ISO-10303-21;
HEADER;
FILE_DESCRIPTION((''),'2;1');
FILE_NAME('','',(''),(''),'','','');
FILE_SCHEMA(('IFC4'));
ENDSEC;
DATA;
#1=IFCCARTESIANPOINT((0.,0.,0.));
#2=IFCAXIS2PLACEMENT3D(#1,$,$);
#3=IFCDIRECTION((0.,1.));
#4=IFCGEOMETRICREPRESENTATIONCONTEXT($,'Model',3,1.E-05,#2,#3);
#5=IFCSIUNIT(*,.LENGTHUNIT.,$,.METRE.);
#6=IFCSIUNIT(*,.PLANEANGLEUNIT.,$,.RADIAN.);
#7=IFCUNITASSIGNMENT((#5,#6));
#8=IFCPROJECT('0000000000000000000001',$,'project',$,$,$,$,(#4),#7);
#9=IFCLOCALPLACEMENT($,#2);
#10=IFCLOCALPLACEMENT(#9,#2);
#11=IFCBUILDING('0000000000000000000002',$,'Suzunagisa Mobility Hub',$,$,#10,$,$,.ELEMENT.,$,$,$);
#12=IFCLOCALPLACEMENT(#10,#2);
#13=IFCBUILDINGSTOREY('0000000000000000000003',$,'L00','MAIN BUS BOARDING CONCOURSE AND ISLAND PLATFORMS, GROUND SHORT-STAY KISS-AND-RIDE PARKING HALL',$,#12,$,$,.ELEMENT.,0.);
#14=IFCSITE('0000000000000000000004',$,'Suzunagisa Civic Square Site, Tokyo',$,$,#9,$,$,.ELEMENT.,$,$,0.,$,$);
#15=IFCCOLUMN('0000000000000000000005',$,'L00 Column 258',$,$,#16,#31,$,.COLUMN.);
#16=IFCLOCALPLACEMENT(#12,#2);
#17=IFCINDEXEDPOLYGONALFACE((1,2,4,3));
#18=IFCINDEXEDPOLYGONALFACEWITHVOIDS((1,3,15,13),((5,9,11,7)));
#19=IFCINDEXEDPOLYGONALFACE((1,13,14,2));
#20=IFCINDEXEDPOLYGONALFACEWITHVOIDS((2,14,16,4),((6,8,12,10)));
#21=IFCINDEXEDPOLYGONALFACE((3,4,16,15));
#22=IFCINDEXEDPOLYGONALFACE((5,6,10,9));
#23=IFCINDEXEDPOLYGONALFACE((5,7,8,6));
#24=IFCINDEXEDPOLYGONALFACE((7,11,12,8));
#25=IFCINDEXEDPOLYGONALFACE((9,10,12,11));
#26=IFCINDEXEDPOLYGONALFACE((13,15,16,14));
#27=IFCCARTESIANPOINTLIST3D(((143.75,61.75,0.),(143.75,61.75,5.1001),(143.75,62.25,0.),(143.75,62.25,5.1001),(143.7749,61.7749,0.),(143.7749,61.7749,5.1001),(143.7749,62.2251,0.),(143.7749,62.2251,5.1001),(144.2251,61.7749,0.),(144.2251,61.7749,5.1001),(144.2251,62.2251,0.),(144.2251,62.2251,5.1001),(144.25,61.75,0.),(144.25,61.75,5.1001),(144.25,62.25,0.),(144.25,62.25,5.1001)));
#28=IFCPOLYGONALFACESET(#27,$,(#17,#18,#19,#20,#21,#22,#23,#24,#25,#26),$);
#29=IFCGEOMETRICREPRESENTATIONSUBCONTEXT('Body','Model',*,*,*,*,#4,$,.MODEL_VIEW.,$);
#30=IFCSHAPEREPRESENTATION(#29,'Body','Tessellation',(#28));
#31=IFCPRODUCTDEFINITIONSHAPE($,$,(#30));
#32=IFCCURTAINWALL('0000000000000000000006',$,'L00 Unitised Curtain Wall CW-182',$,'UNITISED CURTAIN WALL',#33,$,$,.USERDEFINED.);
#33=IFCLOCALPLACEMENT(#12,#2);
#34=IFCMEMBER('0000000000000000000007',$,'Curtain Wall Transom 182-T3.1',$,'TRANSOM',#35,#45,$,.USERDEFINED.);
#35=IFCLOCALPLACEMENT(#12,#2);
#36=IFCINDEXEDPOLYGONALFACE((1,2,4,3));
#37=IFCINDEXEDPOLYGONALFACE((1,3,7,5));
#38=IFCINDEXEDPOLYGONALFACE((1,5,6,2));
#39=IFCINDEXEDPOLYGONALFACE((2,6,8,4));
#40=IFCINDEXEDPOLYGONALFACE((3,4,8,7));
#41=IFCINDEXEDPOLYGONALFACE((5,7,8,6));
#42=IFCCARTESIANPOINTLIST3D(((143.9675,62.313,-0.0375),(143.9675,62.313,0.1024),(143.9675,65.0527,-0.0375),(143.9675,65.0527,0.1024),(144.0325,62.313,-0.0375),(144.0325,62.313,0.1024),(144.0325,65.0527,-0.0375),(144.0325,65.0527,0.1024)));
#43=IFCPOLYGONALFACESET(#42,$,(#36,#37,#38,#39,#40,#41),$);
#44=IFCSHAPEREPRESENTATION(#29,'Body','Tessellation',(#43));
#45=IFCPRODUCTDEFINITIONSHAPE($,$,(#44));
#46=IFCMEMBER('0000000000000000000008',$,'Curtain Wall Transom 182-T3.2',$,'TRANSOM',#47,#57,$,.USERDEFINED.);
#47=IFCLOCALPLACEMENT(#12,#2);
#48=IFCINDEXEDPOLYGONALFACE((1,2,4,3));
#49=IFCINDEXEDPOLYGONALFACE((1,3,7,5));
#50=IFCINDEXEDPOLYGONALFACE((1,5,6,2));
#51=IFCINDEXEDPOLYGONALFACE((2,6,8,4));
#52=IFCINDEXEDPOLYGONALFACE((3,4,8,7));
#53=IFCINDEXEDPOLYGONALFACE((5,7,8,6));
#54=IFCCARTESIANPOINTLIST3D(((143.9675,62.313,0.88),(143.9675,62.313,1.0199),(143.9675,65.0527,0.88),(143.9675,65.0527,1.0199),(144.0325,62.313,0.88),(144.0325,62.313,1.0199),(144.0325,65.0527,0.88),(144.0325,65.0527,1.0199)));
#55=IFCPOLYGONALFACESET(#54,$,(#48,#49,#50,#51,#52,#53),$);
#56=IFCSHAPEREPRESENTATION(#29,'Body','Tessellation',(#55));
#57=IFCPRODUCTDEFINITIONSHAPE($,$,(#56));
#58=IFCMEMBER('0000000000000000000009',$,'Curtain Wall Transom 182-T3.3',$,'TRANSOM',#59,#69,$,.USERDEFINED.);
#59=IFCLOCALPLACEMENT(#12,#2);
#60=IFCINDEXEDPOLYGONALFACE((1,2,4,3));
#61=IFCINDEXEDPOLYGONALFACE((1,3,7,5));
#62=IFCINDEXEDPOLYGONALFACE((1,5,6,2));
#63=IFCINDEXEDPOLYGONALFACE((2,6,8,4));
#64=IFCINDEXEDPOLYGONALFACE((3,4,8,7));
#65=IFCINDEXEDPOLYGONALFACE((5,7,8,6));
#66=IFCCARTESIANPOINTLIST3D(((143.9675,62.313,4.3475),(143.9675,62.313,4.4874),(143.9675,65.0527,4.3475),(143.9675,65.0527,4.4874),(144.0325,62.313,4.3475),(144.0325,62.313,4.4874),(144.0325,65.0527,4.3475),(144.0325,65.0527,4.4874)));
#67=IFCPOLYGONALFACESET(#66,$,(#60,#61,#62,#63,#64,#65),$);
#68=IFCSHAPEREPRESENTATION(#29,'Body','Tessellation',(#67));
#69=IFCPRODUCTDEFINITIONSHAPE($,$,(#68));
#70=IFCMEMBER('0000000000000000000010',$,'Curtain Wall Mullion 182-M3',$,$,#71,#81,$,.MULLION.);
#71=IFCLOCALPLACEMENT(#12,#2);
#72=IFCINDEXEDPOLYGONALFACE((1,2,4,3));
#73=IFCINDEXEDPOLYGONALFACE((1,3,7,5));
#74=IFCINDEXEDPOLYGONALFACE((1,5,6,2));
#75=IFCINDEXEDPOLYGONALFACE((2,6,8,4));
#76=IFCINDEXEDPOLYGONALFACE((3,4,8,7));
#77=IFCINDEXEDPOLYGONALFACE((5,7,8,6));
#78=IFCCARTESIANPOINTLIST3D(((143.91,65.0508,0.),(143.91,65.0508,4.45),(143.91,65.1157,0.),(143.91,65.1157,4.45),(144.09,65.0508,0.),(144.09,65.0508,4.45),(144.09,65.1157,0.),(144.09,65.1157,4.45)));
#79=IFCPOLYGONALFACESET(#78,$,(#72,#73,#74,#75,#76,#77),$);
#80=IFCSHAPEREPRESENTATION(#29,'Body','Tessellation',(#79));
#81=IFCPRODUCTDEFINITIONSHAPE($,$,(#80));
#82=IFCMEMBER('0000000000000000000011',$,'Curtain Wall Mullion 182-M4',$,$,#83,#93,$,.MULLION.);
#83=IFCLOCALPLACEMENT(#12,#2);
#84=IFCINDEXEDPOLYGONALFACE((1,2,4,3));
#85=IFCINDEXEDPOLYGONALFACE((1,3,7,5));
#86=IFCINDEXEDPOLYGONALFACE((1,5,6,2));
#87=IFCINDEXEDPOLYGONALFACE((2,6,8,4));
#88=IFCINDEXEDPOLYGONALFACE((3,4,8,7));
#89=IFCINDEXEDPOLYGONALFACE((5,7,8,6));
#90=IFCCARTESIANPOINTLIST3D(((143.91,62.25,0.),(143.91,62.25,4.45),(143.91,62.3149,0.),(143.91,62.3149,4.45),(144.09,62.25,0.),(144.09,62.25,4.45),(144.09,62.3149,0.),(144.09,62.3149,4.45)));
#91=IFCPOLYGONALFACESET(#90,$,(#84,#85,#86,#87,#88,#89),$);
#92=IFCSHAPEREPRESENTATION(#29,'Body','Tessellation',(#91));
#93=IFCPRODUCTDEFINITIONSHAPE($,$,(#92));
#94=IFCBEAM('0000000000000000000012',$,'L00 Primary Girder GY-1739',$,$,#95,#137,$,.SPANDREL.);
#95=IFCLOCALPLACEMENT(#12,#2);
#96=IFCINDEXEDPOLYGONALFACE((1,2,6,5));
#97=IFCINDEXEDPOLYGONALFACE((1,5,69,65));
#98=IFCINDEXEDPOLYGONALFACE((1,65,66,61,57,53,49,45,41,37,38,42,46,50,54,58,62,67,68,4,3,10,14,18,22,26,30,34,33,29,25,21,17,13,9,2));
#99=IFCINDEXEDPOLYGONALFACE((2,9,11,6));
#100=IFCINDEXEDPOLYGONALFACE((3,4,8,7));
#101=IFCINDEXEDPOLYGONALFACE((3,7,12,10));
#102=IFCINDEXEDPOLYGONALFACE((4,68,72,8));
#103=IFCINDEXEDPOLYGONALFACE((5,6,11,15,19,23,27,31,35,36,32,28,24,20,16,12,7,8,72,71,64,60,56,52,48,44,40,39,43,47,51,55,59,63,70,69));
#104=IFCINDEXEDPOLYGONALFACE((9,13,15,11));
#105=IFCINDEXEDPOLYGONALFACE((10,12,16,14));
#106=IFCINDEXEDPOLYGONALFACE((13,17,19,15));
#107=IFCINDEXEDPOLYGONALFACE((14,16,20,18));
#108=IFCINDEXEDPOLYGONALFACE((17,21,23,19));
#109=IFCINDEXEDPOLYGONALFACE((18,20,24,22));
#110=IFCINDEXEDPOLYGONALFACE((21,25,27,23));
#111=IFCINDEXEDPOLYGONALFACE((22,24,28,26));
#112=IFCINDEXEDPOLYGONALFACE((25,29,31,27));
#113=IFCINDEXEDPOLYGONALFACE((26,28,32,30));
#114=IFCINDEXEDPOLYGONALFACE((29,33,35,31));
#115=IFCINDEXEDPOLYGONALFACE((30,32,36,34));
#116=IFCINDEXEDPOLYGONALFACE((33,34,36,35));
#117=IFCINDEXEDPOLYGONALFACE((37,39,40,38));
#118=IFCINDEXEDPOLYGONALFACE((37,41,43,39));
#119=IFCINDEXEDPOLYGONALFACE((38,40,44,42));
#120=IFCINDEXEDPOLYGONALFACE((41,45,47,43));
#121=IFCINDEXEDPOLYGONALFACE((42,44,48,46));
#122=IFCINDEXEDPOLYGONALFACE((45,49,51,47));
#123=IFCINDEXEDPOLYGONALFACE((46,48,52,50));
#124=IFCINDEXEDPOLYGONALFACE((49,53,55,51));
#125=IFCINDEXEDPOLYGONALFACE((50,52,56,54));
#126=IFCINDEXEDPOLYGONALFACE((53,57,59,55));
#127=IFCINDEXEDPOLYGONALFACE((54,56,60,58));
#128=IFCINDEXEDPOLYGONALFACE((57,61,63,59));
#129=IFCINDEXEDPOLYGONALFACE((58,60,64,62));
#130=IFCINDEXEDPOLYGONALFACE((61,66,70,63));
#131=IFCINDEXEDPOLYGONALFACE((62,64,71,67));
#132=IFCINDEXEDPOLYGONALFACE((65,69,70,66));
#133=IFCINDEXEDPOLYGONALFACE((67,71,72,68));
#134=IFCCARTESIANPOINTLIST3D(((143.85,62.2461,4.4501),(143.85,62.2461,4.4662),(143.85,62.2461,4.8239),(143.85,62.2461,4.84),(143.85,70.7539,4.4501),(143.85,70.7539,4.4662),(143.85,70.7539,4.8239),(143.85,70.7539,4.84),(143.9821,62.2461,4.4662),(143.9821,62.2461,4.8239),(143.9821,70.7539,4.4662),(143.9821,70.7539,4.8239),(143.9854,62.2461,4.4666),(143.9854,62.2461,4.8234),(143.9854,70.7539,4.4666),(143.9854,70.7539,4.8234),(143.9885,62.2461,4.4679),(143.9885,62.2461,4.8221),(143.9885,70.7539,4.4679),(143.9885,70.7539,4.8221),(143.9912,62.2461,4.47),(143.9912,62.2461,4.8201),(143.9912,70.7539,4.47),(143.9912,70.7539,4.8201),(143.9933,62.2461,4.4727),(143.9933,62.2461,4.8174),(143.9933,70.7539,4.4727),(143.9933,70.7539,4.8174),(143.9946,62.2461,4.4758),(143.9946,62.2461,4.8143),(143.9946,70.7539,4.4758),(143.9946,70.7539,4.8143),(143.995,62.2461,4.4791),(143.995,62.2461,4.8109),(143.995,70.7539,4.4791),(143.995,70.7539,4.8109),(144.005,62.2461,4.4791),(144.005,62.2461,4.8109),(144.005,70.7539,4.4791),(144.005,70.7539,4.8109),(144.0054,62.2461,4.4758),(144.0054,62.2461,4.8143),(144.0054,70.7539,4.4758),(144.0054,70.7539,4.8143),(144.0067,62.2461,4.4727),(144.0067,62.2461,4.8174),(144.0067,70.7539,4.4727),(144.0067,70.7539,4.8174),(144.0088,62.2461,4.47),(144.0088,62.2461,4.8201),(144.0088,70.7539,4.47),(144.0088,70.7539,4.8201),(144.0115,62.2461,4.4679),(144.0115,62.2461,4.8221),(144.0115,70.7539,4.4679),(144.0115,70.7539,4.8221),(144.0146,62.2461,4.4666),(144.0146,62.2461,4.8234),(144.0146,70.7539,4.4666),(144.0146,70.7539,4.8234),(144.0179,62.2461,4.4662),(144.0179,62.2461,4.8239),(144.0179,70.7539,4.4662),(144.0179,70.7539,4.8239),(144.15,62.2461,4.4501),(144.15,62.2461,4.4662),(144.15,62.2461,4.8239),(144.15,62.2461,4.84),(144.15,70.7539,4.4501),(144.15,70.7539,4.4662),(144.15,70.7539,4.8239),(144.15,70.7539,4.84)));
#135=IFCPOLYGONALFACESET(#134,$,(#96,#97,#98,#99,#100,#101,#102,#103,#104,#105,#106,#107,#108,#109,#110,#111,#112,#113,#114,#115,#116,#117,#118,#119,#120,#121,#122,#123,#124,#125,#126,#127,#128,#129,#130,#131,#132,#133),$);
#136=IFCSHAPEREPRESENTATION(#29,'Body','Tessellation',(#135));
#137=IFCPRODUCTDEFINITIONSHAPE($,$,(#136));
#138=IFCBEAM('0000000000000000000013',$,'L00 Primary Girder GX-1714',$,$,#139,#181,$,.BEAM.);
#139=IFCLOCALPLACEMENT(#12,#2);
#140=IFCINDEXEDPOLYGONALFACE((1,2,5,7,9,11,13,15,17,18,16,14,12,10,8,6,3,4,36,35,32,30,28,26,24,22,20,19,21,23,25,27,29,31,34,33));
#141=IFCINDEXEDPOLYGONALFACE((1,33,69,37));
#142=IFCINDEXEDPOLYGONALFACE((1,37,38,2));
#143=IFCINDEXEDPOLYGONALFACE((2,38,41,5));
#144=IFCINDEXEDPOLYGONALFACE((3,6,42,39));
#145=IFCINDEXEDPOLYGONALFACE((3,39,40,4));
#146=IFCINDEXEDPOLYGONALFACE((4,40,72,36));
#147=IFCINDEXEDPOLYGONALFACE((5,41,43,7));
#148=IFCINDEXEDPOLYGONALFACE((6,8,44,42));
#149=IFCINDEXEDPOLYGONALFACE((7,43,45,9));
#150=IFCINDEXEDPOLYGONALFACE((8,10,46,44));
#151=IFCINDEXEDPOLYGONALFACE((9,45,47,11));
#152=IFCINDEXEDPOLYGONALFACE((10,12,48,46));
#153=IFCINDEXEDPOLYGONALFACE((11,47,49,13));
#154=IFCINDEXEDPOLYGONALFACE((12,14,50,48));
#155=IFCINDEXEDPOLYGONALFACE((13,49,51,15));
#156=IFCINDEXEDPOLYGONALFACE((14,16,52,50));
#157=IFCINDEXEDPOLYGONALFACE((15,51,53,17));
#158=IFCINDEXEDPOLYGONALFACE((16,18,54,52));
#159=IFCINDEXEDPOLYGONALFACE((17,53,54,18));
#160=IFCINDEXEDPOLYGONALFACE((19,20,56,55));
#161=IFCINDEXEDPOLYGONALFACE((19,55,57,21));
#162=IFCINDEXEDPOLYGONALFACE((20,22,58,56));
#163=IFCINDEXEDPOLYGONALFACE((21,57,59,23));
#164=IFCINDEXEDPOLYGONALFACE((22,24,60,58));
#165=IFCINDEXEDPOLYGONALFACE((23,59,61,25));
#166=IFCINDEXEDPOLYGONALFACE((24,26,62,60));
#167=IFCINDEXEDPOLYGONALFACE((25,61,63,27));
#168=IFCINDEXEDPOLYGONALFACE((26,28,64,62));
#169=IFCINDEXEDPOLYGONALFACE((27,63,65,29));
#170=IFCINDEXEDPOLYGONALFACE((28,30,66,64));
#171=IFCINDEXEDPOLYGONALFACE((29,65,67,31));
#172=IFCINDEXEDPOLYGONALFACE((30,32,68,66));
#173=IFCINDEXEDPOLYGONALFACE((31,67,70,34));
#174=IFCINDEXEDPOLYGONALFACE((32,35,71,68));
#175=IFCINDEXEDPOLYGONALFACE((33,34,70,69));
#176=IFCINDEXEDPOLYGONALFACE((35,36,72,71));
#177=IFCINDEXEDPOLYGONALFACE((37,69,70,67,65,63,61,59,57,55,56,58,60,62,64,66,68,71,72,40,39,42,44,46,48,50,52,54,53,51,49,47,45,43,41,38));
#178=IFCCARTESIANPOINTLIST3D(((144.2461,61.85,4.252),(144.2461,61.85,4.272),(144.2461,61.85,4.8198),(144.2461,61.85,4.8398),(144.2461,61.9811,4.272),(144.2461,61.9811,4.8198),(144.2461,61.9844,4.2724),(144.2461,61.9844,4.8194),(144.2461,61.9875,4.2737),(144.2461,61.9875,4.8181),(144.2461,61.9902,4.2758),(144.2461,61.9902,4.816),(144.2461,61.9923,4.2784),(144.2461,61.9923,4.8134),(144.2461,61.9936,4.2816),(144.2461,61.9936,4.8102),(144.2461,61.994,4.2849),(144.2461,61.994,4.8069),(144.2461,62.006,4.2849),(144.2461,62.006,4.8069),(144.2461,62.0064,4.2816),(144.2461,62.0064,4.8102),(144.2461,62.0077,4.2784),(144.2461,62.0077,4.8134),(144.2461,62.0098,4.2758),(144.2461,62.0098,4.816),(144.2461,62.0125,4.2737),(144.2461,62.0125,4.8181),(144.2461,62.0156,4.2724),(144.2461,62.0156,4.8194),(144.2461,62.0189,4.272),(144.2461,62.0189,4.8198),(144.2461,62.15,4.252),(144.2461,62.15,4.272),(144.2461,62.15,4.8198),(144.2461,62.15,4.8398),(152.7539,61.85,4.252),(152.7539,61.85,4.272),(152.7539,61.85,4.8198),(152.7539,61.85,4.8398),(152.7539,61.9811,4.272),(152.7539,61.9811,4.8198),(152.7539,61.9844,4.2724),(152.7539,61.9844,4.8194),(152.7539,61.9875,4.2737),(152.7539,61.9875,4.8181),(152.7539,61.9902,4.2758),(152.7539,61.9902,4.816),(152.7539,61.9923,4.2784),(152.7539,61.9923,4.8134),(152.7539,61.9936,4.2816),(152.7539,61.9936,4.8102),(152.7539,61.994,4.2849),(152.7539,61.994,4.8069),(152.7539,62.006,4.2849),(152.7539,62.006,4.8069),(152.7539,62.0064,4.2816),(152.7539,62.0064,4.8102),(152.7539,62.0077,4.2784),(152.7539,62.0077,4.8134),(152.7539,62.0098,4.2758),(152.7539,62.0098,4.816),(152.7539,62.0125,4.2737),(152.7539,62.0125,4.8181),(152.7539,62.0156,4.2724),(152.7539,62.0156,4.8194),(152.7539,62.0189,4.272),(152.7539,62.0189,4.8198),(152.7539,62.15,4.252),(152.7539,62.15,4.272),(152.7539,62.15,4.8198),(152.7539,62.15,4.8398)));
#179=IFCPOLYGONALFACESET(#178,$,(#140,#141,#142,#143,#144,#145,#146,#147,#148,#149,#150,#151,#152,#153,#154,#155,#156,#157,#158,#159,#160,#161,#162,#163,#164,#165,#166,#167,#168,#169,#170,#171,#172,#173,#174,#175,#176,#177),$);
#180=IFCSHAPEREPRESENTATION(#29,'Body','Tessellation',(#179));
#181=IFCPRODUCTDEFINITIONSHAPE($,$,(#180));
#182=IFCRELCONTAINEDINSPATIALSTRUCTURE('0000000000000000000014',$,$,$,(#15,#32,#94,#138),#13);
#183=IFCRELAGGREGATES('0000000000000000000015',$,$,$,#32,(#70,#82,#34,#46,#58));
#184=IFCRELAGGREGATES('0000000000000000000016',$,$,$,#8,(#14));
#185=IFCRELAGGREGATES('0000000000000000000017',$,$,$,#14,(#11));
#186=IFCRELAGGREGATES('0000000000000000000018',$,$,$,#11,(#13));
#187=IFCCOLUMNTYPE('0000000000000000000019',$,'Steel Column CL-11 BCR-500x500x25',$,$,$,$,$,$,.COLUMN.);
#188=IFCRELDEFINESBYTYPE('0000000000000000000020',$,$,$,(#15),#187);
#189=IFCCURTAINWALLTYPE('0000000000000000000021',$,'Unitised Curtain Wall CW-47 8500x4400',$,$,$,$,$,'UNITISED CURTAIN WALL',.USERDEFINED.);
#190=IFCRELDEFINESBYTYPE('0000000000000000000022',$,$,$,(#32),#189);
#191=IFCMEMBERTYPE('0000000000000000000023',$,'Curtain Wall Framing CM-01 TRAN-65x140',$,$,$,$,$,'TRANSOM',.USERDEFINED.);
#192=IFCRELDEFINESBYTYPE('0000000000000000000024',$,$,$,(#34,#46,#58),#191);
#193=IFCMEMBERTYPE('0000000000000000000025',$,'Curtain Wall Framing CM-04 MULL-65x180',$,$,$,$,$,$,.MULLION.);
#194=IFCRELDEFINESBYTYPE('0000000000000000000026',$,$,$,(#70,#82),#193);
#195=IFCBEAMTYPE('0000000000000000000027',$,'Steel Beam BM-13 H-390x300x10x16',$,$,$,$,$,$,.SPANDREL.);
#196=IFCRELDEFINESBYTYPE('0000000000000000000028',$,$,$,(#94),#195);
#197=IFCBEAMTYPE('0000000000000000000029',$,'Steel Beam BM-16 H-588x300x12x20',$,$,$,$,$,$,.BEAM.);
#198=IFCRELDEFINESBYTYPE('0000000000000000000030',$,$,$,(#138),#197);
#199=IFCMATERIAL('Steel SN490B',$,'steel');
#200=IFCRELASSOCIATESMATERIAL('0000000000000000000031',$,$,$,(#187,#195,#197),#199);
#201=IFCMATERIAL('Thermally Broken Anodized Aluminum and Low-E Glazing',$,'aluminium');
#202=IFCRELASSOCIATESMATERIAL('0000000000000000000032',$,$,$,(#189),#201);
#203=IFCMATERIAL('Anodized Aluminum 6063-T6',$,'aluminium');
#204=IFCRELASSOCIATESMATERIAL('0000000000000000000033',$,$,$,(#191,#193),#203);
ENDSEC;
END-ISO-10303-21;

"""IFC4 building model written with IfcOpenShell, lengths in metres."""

from ifc_helpers import new_model, si_unit, direction, frame, origin, origin_2d, place, context, subcontext, project, spatial, rectangle, hollow_rectangle, i_section, extrude, material, material_profile, profile_set, type_object, element, aggregate, save


model = new_model("IFC4")

# Units and contexts
model_context = context("Model", 3, precision=1e-05, world=origin(), true_north=direction((0.0, 1.0)))
body_context = subcontext(model_context, "Body", "Model", "MODEL_VIEW")
ifc_project = project(units=[si_unit("LENGTHUNIT", "METRE"), si_unit("PLANEANGLEUNIT", "RADIAN")], contexts=[model_context])

# Site, building, storey
site_placement = place(None, origin())
site = spatial("IfcSite", under=ifc_project, at=site_placement, Name="Suzunagisa Civic Square Site, Tokyo", CompositionType="ELEMENT", RefElevation=0.0)
building_placement = place(site_placement, origin())
building = spatial("IfcBuilding", under=site, at=building_placement, Name="Suzunagisa Mobility Hub", CompositionType="ELEMENT")
storey_placement = place(building_placement, origin())
storey = spatial("IfcBuildingStorey", under=building, at=storey_placement, Name="L00", Description="MAIN BUS BOARDING CONCOURSE AND ISLAND PLATFORMS, GROUND SHORT-STAY KISS-AND-RIDE PARKING HALL", CompositionType="ELEMENT", Elevation=0.0)

# Column
ifc_material_1 = material(Name="Steel SN490B", Category="steel")
ifc_material_profile_1 = material_profile(ifc_material_1, hollow_rectangle(XDim=0.5, YDim=0.5, WallThickness=0.0249, at=origin_2d()), Name="BCR-500x500x25")
ifc_profile_set_1 = profile_set([ifc_material_profile_1], Name="Steel SN490B")
column_type = type_object("IfcColumnType", Name="Steel Column CL-11 BCR-500x500x25", PredefinedType="COLUMN", material=ifc_profile_set_1)
column_placement = place(storey_placement, frame((144.0, 62.0, 0.0), z_axis=(0.0, 0.0, 1.0), x_axis=(1.0, 0.0, 0.0)))
element("IfcColumn", 1, at=column_placement, inside=storey, type_object=column_type, Name="L00 Column 258", PredefinedType="COLUMN", context=body_context, shape_type="SweptSolid", body=[
    extrude(hollow_rectangle(XDim=0.5, YDim=0.5, WallThickness=0.0249, at=origin_2d()), origin(), (0.0, 0.0, 1.0), 5.1001),
])

# Curtain wall, members
ifc_material_2 = material(Name="Thermally Broken Anodized Aluminum and Low-E Glazing", Category="aluminium")
curtain_wall_type = type_object("IfcCurtainWallType", Name="Unitised Curtain Wall CW-47 8500x4400", ElementType="UNITISED CURTAIN WALL", PredefinedType="USERDEFINED", material=ifc_material_2)
curtain_wall_placement = place(storey_placement, origin())
curtain_wall = element("IfcCurtainWall", 2, at=curtain_wall_placement, inside=storey, type_object=curtain_wall_type, Name="L00 Unitised Curtain Wall CW-182", ObjectType="UNITISED CURTAIN WALL", PredefinedType="USERDEFINED")
ifc_material_3 = material(Name="Anodized Aluminum 6063-T6", Category="aluminium")
ifc_material_profile_2 = material_profile(ifc_material_3, rectangle(XDim=0.0649, YDim=0.1399, at=origin_2d()), Name="TRAN-65x140")
ifc_profile_set_2 = profile_set([ifc_material_profile_2], Name="Anodized Aluminum 6063-T6")
member_type_1 = type_object("IfcMemberType", Name="Curtain Wall Framing CM-01 TRAN-65x140", ElementType="TRANSOM", PredefinedType="USERDEFINED", material=ifc_profile_set_2)
member_1_placement = place(storey_placement, frame((144.0, 65.0527, 0.0325), z_axis=(0.0, -1.0, 0.0), x_axis=(1.0, 0.0, 0.0)))
member_1 = element("IfcMember", 3, at=member_1_placement, type_object=member_type_1, Name="Curtain Wall Transom 182-T3.1", ObjectType="TRANSOM", PredefinedType="USERDEFINED", context=body_context, shape_type="SweptSolid", body=[
    extrude(rectangle(XDim=0.0649, YDim=0.1399, at=origin_2d()), origin(), (0.0, 0.0, 1.0), 2.7397),
])
member_2_placement = place(storey_placement, frame((144.0, 65.0527, 0.95), z_axis=(0.0, -1.0, 0.0), x_axis=(1.0, 0.0, 0.0)))
member_2 = element("IfcMember", 4, at=member_2_placement, type_object=member_type_1, Name="Curtain Wall Transom 182-T3.2", ObjectType="TRANSOM", PredefinedType="USERDEFINED", context=body_context, shape_type="SweptSolid", body=[
    extrude(rectangle(XDim=0.0649, YDim=0.1399, at=origin_2d()), origin(), (0.0, 0.0, 1.0), 2.7397),
])
member_3_placement = place(storey_placement, frame((144.0, 65.0527, 4.4175), z_axis=(0.0, -1.0, 0.0), x_axis=(1.0, 0.0, 0.0)))
member_3 = element("IfcMember", 5, at=member_3_placement, type_object=member_type_1, Name="Curtain Wall Transom 182-T3.3", ObjectType="TRANSOM", PredefinedType="USERDEFINED", context=body_context, shape_type="SweptSolid", body=[
    extrude(rectangle(XDim=0.0649, YDim=0.1399, at=origin_2d()), origin(), (0.0, 0.0, 1.0), 2.7397),
])
ifc_material_profile_3 = material_profile(ifc_material_3, rectangle(XDim=0.0649, YDim=0.1799, at=origin_2d()), Name="MULL-65x180")
ifc_profile_set_3 = profile_set([ifc_material_profile_3], Name="Anodized Aluminum 6063-T6")
member_type_2 = type_object("IfcMemberType", Name="Curtain Wall Framing CM-04 MULL-65x180", PredefinedType="MULLION", material=ifc_profile_set_3)
member_4_placement = place(storey_placement, frame((144.0, 65.0833, 0.0), z_axis=(0.0, 0.0, 1.0), x_axis=(0.0, -1.0, 0.0)))
member_4 = element("IfcMember", 6, at=member_4_placement, type_object=member_type_2, Name="Curtain Wall Mullion 182-M3", PredefinedType="MULLION", context=body_context, shape_type="SweptSolid", body=[
    extrude(rectangle(XDim=0.0649, YDim=0.1799, at=origin_2d()), origin(), (0.0, 0.0, 1.0), 4.45),
])
member_5_placement = place(storey_placement, frame((144.0, 62.2825, 0.0), z_axis=(0.0, 0.0, 1.0), x_axis=(0.0, -1.0, 0.0)))
member_5 = element("IfcMember", 7, at=member_5_placement, type_object=member_type_2, Name="Curtain Wall Mullion 182-M4", PredefinedType="MULLION", context=body_context, shape_type="SweptSolid", body=[
    extrude(rectangle(XDim=0.0649, YDim=0.1799, at=origin_2d()), origin(), (0.0, 0.0, 1.0), 4.45),
])

# Beams
ifc_material_profile_4 = material_profile(ifc_material_1, i_section(OverallWidth=0.3, OverallDepth=0.3899, WebThickness=0.01, FlangeThickness=0.0161, FilletRadius=0.0129, at=origin_2d()), Name="H-390x300x10x16")
ifc_profile_set_4 = profile_set([ifc_material_profile_4], Name="Steel SN490B")
beam_type_1 = type_object("IfcBeamType", Name="Steel Beam BM-13 H-390x300x10x16", PredefinedType="SPANDREL", material=ifc_profile_set_4)
beam_1_placement = place(storey_placement, frame((144.0, 62.2461, 4.645), z_axis=(0.0, 1.0, 0.0), x_axis=(-1.0, 0.0, 0.0)))
element("IfcBeam", 8, at=beam_1_placement, inside=storey, type_object=beam_type_1, Name="L00 Primary Girder GY-1739", PredefinedType="SPANDREL", context=body_context, shape_type="SweptSolid", body=[
    extrude(i_section(OverallWidth=0.3, OverallDepth=0.3899, WebThickness=0.01, FlangeThickness=0.0161, FilletRadius=0.0129, at=origin_2d()), origin(), (0.0, 0.0, 1.0), 8.5078),
])
ifc_material_profile_5 = material_profile(ifc_material_1, i_section(OverallWidth=0.3, OverallDepth=0.5879, WebThickness=0.012, FlangeThickness=0.02, FilletRadius=0.0129, at=origin_2d()), Name="H-588x300x12x20")
ifc_profile_set_5 = profile_set([ifc_material_profile_5], Name="Steel SN490B")
beam_type_2 = type_object("IfcBeamType", Name="Steel Beam BM-16 H-588x300x12x20", PredefinedType="BEAM", material=ifc_profile_set_5)
beam_2_placement = place(storey_placement, frame((144.2461, 62.0, 4.5459), z_axis=(1.0, 0.0, 0.0), x_axis=(0.0, 1.0, 0.0)))
element("IfcBeam", 9, at=beam_2_placement, inside=storey, type_object=beam_type_2, Name="L00 Primary Girder GX-1714", PredefinedType="BEAM", context=body_context, shape_type="SweptSolid", body=[
    extrude(i_section(OverallWidth=0.3, OverallDepth=0.5879, WebThickness=0.012, FlangeThickness=0.02, FilletRadius=0.0129, at=origin_2d()), origin(), (0.0, 0.0, 1.0), 8.5078),
])

aggregate(curtain_wall, [member_4, member_5, member_1, member_2, member_3])

save(model, "model.ifc")
